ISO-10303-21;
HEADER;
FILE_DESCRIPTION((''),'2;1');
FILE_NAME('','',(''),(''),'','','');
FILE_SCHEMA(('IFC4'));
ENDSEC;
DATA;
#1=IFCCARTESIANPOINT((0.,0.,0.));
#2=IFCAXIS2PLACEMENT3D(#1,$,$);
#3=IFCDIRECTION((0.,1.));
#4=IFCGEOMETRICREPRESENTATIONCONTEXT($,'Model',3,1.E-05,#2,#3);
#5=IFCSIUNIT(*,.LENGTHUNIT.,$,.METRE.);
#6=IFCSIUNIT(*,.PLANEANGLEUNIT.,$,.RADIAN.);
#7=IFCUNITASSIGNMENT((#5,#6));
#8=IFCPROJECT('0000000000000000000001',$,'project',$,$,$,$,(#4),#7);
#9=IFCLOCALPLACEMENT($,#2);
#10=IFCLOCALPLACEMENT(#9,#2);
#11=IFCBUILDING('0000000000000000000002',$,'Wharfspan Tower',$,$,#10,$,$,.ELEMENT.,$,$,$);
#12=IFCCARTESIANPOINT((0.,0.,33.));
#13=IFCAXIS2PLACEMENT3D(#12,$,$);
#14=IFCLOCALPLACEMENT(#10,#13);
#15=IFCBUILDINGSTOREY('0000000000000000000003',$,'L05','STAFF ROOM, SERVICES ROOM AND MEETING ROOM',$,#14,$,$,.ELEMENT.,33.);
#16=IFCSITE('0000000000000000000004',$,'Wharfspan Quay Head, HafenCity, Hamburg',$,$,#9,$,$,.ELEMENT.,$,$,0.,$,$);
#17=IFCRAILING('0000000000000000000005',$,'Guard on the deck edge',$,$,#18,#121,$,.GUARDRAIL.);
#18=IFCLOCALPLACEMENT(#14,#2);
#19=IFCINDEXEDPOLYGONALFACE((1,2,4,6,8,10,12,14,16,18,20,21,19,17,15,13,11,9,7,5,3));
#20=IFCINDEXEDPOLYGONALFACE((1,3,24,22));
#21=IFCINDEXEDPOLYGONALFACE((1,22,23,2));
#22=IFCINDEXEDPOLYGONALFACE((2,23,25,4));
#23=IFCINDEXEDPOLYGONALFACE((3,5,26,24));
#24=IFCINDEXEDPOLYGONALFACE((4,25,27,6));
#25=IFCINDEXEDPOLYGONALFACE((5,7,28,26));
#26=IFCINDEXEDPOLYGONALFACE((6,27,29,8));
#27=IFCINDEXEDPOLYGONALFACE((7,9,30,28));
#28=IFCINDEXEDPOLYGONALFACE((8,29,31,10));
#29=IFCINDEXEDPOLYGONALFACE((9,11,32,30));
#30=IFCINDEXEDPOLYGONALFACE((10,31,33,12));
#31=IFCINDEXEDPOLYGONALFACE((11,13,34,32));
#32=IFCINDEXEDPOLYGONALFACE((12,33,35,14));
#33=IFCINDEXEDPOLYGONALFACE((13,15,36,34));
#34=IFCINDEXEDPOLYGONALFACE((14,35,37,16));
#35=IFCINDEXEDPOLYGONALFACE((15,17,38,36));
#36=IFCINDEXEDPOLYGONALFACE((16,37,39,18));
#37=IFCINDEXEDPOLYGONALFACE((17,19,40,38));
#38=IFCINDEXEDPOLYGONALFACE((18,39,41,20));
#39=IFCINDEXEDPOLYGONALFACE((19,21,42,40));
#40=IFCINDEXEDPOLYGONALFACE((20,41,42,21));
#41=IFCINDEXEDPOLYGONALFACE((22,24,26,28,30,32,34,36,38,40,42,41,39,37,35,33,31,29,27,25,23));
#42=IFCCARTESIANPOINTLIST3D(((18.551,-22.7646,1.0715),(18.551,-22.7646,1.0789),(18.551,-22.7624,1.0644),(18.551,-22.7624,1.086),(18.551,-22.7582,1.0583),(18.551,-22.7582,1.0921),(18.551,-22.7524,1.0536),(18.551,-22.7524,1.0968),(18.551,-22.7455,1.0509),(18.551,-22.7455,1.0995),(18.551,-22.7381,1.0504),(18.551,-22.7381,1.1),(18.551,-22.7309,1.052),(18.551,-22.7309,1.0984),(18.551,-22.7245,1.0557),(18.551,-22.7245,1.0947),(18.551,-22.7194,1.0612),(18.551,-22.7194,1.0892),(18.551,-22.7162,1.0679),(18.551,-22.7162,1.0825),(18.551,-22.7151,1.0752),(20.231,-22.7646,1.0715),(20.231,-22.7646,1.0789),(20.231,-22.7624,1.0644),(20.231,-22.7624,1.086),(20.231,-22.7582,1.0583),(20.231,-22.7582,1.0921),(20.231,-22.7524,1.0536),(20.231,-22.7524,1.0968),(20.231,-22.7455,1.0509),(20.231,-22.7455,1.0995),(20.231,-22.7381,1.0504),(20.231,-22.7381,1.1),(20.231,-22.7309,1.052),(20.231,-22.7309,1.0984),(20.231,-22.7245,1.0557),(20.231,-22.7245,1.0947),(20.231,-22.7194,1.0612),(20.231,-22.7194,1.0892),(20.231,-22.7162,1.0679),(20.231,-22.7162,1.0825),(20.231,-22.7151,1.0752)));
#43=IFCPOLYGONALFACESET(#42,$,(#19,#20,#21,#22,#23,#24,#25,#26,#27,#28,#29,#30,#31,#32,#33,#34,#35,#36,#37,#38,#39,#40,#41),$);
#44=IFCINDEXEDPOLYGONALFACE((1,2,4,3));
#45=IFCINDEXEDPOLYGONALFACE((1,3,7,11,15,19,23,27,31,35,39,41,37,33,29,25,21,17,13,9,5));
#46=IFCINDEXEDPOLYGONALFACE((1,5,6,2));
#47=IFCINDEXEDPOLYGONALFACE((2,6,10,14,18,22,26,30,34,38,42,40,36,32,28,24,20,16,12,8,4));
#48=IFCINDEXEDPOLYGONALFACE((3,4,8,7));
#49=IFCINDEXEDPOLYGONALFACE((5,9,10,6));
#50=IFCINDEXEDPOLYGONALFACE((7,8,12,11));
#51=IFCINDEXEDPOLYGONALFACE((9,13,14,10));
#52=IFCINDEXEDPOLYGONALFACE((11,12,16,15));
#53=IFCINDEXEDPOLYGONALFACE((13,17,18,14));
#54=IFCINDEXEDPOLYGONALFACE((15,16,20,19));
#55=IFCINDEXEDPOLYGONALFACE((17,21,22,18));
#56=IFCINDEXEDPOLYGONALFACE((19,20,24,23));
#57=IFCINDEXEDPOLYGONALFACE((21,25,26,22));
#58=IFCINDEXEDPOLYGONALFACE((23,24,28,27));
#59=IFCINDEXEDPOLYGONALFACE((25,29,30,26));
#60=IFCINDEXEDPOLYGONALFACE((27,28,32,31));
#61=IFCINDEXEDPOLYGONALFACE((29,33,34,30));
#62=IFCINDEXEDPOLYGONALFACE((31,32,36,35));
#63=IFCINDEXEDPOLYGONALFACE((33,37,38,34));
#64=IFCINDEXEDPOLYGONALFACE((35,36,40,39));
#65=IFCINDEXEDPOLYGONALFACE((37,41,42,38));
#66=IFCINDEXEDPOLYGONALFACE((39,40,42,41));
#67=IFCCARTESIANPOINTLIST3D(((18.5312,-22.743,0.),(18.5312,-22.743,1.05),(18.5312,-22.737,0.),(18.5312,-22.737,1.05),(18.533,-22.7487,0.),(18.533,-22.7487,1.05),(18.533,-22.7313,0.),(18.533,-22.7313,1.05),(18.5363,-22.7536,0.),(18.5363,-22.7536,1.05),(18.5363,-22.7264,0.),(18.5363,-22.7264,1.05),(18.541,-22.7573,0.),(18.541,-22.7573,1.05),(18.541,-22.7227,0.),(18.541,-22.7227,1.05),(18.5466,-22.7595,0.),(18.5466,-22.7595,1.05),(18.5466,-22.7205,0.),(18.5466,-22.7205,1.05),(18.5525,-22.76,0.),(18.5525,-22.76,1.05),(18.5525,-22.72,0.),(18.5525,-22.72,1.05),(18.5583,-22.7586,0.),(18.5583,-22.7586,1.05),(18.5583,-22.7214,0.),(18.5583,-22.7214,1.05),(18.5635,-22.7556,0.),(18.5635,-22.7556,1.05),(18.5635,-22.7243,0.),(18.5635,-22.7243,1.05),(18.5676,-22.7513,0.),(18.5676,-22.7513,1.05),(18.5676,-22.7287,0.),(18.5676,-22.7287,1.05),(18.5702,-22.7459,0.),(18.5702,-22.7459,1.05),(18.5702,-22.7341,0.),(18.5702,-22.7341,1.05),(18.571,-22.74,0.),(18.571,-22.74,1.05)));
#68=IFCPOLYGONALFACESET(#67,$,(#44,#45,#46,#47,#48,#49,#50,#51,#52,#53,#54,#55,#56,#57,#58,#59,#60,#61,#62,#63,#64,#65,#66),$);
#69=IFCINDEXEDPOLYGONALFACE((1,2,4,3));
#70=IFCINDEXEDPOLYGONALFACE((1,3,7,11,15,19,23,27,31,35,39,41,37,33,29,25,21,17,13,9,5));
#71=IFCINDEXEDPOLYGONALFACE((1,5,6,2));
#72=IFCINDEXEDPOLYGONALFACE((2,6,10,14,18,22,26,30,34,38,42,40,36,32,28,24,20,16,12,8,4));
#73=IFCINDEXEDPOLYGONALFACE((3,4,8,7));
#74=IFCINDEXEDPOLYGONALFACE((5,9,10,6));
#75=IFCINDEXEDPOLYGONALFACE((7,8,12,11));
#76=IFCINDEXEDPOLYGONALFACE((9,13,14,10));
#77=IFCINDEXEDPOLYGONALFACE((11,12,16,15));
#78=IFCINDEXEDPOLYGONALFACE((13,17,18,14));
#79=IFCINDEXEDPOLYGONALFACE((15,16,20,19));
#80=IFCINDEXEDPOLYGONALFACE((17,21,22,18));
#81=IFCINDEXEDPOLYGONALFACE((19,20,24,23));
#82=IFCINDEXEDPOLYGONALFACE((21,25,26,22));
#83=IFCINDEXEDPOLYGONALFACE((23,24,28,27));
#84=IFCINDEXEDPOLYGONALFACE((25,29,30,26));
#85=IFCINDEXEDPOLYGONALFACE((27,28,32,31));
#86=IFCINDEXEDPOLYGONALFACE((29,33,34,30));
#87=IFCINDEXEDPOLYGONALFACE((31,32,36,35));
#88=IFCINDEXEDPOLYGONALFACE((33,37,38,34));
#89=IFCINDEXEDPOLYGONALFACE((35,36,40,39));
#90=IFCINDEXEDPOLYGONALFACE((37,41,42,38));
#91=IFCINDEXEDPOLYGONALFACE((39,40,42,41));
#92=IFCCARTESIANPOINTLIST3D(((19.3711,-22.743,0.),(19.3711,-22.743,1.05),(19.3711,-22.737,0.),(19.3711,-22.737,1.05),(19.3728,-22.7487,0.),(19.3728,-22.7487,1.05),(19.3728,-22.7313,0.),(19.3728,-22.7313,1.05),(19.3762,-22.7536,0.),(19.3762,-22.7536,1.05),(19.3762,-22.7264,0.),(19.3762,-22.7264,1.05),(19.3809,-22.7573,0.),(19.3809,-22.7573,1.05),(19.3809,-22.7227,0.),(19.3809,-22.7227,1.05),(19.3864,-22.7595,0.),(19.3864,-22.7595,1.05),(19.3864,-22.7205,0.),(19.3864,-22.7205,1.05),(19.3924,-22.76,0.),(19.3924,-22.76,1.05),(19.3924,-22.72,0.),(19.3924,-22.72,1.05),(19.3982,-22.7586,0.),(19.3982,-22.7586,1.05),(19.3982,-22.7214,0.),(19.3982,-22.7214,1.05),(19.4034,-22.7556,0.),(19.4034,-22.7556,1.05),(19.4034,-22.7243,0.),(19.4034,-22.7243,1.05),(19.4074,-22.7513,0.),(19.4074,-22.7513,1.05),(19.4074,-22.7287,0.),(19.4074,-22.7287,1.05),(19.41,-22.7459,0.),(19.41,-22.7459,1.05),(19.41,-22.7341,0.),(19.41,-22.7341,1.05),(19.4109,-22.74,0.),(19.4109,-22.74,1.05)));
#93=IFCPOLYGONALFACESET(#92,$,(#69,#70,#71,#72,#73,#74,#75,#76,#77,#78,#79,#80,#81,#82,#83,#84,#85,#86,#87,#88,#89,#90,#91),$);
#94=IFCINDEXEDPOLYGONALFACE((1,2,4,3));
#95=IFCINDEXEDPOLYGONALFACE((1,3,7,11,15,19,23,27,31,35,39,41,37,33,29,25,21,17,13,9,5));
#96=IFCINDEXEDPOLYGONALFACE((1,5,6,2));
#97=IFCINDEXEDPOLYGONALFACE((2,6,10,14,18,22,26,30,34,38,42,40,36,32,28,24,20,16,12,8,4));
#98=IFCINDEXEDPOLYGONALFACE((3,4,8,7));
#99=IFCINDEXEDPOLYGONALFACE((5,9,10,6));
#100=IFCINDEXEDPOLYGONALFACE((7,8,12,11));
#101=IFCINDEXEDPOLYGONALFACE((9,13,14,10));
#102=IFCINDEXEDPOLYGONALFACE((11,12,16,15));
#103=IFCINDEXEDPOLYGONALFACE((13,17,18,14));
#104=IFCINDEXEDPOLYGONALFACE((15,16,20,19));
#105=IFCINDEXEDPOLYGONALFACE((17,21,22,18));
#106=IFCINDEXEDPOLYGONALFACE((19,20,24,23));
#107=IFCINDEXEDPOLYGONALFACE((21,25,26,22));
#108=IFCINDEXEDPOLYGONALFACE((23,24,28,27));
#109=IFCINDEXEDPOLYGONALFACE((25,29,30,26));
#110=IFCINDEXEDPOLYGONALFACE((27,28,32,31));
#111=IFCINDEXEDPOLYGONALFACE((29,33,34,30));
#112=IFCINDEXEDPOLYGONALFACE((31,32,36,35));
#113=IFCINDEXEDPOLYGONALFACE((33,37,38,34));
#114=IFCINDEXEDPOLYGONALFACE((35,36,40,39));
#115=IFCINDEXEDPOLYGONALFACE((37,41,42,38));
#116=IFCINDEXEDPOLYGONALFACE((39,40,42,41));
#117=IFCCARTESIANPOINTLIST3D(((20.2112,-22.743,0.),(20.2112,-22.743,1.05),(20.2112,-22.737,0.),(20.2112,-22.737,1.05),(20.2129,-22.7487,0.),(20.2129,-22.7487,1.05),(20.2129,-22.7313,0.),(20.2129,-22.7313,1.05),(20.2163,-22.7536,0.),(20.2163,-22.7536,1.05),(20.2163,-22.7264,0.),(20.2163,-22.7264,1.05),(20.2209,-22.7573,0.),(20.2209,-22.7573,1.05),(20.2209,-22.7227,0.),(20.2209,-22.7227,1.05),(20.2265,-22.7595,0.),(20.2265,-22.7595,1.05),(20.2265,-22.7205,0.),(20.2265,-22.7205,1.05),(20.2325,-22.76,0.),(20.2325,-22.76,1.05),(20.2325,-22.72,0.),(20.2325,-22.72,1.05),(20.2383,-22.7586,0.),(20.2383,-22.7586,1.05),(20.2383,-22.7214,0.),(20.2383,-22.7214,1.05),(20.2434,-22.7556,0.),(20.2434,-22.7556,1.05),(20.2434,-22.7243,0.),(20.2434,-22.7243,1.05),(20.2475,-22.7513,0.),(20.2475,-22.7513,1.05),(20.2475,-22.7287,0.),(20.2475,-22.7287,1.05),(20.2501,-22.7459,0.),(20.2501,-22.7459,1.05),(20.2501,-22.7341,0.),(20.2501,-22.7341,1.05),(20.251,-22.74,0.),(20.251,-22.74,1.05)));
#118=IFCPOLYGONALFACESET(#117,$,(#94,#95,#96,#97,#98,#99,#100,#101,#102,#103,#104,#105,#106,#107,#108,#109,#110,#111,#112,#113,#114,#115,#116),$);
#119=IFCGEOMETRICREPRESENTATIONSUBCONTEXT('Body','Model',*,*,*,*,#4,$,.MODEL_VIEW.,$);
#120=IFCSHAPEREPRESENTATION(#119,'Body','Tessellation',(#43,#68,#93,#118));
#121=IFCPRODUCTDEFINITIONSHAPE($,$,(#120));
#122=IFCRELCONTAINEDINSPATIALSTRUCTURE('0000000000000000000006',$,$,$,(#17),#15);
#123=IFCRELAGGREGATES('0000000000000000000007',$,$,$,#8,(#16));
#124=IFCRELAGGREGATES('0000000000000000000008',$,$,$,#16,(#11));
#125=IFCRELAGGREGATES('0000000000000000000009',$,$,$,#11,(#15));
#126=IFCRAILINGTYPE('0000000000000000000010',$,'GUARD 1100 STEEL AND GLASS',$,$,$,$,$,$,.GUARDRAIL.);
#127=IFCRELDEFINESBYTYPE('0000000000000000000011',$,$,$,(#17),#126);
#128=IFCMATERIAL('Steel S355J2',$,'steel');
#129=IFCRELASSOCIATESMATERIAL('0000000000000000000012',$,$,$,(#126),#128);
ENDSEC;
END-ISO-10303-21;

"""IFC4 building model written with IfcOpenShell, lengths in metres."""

from ifc_helpers import new_model, si_unit, direction, frame, origin, origin_2d, place, context, subcontext, project, spatial, circle, extrude, material, type_object, element, save


model = new_model("IFC4")

# Units and contexts
model_context = context("Model", 3, precision=1e-05, world=origin(), true_north=direction((0.0, 1.0)))
body_context = subcontext(model_context, "Body", "Model", "MODEL_VIEW")
ifc_project = project(units=[si_unit("LENGTHUNIT", "METRE"), si_unit("PLANEANGLEUNIT", "RADIAN")], contexts=[model_context])

# Site, building, storey
site_placement = place(None, origin())
site = spatial("IfcSite", under=ifc_project, at=site_placement, Name="Wharfspan Quay Head, HafenCity, Hamburg", CompositionType="ELEMENT", RefElevation=0.0)
building_placement = place(site_placement, origin())
building = spatial("IfcBuilding", under=site, at=building_placement, Name="Wharfspan Tower", CompositionType="ELEMENT")
storey_placement = place(building_placement, frame((0.0, 0.0, 33.0)))
storey = spatial("IfcBuildingStorey", under=building, at=storey_placement, Name="L05", Description="STAFF ROOM, SERVICES ROOM AND MEETING ROOM", CompositionType="ELEMENT", Elevation=33.0)

# Railing
ifc_material_1 = material(Name="Steel S355J2", Category="steel")
railing_type = type_object("IfcRailingType", Name="GUARD 1100 STEEL AND GLASS", PredefinedType="GUARDRAIL", material=ifc_material_1)
railing_1_placement = place(storey_placement, frame((18.551, -22.74, 0.0)))
element("IfcRailing", 1, at=railing_1_placement, inside=storey, type_object=railing_type, Name="Guard on the deck edge", PredefinedType="GUARDRAIL", context=body_context, shape_type="SweptSolid", body=[
    extrude(circle(Radius=0.0249, at=origin_2d()), frame((0.0, 0.0, 1.0752), z_axis=(1.0, 0.0, 0.0), x_axis=(0.0, 1.0, 0.0)), (0.0, 0.0, 1.0), 1.6799),
    extrude(circle(Radius=0.02, at=origin_2d()), origin(), (0.0, 0.0, 1.0), 1.05),
    extrude(circle(Radius=0.02, at=origin_2d()), frame((0.8398, 0.0, 0.0)), (0.0, 0.0, 1.0), 1.05),
    extrude(circle(Radius=0.02, at=origin_2d()), frame((1.6799, 0.0, 0.0)), (0.0, 0.0, 1.0), 1.05),
])

save(model, "model.ifc")
